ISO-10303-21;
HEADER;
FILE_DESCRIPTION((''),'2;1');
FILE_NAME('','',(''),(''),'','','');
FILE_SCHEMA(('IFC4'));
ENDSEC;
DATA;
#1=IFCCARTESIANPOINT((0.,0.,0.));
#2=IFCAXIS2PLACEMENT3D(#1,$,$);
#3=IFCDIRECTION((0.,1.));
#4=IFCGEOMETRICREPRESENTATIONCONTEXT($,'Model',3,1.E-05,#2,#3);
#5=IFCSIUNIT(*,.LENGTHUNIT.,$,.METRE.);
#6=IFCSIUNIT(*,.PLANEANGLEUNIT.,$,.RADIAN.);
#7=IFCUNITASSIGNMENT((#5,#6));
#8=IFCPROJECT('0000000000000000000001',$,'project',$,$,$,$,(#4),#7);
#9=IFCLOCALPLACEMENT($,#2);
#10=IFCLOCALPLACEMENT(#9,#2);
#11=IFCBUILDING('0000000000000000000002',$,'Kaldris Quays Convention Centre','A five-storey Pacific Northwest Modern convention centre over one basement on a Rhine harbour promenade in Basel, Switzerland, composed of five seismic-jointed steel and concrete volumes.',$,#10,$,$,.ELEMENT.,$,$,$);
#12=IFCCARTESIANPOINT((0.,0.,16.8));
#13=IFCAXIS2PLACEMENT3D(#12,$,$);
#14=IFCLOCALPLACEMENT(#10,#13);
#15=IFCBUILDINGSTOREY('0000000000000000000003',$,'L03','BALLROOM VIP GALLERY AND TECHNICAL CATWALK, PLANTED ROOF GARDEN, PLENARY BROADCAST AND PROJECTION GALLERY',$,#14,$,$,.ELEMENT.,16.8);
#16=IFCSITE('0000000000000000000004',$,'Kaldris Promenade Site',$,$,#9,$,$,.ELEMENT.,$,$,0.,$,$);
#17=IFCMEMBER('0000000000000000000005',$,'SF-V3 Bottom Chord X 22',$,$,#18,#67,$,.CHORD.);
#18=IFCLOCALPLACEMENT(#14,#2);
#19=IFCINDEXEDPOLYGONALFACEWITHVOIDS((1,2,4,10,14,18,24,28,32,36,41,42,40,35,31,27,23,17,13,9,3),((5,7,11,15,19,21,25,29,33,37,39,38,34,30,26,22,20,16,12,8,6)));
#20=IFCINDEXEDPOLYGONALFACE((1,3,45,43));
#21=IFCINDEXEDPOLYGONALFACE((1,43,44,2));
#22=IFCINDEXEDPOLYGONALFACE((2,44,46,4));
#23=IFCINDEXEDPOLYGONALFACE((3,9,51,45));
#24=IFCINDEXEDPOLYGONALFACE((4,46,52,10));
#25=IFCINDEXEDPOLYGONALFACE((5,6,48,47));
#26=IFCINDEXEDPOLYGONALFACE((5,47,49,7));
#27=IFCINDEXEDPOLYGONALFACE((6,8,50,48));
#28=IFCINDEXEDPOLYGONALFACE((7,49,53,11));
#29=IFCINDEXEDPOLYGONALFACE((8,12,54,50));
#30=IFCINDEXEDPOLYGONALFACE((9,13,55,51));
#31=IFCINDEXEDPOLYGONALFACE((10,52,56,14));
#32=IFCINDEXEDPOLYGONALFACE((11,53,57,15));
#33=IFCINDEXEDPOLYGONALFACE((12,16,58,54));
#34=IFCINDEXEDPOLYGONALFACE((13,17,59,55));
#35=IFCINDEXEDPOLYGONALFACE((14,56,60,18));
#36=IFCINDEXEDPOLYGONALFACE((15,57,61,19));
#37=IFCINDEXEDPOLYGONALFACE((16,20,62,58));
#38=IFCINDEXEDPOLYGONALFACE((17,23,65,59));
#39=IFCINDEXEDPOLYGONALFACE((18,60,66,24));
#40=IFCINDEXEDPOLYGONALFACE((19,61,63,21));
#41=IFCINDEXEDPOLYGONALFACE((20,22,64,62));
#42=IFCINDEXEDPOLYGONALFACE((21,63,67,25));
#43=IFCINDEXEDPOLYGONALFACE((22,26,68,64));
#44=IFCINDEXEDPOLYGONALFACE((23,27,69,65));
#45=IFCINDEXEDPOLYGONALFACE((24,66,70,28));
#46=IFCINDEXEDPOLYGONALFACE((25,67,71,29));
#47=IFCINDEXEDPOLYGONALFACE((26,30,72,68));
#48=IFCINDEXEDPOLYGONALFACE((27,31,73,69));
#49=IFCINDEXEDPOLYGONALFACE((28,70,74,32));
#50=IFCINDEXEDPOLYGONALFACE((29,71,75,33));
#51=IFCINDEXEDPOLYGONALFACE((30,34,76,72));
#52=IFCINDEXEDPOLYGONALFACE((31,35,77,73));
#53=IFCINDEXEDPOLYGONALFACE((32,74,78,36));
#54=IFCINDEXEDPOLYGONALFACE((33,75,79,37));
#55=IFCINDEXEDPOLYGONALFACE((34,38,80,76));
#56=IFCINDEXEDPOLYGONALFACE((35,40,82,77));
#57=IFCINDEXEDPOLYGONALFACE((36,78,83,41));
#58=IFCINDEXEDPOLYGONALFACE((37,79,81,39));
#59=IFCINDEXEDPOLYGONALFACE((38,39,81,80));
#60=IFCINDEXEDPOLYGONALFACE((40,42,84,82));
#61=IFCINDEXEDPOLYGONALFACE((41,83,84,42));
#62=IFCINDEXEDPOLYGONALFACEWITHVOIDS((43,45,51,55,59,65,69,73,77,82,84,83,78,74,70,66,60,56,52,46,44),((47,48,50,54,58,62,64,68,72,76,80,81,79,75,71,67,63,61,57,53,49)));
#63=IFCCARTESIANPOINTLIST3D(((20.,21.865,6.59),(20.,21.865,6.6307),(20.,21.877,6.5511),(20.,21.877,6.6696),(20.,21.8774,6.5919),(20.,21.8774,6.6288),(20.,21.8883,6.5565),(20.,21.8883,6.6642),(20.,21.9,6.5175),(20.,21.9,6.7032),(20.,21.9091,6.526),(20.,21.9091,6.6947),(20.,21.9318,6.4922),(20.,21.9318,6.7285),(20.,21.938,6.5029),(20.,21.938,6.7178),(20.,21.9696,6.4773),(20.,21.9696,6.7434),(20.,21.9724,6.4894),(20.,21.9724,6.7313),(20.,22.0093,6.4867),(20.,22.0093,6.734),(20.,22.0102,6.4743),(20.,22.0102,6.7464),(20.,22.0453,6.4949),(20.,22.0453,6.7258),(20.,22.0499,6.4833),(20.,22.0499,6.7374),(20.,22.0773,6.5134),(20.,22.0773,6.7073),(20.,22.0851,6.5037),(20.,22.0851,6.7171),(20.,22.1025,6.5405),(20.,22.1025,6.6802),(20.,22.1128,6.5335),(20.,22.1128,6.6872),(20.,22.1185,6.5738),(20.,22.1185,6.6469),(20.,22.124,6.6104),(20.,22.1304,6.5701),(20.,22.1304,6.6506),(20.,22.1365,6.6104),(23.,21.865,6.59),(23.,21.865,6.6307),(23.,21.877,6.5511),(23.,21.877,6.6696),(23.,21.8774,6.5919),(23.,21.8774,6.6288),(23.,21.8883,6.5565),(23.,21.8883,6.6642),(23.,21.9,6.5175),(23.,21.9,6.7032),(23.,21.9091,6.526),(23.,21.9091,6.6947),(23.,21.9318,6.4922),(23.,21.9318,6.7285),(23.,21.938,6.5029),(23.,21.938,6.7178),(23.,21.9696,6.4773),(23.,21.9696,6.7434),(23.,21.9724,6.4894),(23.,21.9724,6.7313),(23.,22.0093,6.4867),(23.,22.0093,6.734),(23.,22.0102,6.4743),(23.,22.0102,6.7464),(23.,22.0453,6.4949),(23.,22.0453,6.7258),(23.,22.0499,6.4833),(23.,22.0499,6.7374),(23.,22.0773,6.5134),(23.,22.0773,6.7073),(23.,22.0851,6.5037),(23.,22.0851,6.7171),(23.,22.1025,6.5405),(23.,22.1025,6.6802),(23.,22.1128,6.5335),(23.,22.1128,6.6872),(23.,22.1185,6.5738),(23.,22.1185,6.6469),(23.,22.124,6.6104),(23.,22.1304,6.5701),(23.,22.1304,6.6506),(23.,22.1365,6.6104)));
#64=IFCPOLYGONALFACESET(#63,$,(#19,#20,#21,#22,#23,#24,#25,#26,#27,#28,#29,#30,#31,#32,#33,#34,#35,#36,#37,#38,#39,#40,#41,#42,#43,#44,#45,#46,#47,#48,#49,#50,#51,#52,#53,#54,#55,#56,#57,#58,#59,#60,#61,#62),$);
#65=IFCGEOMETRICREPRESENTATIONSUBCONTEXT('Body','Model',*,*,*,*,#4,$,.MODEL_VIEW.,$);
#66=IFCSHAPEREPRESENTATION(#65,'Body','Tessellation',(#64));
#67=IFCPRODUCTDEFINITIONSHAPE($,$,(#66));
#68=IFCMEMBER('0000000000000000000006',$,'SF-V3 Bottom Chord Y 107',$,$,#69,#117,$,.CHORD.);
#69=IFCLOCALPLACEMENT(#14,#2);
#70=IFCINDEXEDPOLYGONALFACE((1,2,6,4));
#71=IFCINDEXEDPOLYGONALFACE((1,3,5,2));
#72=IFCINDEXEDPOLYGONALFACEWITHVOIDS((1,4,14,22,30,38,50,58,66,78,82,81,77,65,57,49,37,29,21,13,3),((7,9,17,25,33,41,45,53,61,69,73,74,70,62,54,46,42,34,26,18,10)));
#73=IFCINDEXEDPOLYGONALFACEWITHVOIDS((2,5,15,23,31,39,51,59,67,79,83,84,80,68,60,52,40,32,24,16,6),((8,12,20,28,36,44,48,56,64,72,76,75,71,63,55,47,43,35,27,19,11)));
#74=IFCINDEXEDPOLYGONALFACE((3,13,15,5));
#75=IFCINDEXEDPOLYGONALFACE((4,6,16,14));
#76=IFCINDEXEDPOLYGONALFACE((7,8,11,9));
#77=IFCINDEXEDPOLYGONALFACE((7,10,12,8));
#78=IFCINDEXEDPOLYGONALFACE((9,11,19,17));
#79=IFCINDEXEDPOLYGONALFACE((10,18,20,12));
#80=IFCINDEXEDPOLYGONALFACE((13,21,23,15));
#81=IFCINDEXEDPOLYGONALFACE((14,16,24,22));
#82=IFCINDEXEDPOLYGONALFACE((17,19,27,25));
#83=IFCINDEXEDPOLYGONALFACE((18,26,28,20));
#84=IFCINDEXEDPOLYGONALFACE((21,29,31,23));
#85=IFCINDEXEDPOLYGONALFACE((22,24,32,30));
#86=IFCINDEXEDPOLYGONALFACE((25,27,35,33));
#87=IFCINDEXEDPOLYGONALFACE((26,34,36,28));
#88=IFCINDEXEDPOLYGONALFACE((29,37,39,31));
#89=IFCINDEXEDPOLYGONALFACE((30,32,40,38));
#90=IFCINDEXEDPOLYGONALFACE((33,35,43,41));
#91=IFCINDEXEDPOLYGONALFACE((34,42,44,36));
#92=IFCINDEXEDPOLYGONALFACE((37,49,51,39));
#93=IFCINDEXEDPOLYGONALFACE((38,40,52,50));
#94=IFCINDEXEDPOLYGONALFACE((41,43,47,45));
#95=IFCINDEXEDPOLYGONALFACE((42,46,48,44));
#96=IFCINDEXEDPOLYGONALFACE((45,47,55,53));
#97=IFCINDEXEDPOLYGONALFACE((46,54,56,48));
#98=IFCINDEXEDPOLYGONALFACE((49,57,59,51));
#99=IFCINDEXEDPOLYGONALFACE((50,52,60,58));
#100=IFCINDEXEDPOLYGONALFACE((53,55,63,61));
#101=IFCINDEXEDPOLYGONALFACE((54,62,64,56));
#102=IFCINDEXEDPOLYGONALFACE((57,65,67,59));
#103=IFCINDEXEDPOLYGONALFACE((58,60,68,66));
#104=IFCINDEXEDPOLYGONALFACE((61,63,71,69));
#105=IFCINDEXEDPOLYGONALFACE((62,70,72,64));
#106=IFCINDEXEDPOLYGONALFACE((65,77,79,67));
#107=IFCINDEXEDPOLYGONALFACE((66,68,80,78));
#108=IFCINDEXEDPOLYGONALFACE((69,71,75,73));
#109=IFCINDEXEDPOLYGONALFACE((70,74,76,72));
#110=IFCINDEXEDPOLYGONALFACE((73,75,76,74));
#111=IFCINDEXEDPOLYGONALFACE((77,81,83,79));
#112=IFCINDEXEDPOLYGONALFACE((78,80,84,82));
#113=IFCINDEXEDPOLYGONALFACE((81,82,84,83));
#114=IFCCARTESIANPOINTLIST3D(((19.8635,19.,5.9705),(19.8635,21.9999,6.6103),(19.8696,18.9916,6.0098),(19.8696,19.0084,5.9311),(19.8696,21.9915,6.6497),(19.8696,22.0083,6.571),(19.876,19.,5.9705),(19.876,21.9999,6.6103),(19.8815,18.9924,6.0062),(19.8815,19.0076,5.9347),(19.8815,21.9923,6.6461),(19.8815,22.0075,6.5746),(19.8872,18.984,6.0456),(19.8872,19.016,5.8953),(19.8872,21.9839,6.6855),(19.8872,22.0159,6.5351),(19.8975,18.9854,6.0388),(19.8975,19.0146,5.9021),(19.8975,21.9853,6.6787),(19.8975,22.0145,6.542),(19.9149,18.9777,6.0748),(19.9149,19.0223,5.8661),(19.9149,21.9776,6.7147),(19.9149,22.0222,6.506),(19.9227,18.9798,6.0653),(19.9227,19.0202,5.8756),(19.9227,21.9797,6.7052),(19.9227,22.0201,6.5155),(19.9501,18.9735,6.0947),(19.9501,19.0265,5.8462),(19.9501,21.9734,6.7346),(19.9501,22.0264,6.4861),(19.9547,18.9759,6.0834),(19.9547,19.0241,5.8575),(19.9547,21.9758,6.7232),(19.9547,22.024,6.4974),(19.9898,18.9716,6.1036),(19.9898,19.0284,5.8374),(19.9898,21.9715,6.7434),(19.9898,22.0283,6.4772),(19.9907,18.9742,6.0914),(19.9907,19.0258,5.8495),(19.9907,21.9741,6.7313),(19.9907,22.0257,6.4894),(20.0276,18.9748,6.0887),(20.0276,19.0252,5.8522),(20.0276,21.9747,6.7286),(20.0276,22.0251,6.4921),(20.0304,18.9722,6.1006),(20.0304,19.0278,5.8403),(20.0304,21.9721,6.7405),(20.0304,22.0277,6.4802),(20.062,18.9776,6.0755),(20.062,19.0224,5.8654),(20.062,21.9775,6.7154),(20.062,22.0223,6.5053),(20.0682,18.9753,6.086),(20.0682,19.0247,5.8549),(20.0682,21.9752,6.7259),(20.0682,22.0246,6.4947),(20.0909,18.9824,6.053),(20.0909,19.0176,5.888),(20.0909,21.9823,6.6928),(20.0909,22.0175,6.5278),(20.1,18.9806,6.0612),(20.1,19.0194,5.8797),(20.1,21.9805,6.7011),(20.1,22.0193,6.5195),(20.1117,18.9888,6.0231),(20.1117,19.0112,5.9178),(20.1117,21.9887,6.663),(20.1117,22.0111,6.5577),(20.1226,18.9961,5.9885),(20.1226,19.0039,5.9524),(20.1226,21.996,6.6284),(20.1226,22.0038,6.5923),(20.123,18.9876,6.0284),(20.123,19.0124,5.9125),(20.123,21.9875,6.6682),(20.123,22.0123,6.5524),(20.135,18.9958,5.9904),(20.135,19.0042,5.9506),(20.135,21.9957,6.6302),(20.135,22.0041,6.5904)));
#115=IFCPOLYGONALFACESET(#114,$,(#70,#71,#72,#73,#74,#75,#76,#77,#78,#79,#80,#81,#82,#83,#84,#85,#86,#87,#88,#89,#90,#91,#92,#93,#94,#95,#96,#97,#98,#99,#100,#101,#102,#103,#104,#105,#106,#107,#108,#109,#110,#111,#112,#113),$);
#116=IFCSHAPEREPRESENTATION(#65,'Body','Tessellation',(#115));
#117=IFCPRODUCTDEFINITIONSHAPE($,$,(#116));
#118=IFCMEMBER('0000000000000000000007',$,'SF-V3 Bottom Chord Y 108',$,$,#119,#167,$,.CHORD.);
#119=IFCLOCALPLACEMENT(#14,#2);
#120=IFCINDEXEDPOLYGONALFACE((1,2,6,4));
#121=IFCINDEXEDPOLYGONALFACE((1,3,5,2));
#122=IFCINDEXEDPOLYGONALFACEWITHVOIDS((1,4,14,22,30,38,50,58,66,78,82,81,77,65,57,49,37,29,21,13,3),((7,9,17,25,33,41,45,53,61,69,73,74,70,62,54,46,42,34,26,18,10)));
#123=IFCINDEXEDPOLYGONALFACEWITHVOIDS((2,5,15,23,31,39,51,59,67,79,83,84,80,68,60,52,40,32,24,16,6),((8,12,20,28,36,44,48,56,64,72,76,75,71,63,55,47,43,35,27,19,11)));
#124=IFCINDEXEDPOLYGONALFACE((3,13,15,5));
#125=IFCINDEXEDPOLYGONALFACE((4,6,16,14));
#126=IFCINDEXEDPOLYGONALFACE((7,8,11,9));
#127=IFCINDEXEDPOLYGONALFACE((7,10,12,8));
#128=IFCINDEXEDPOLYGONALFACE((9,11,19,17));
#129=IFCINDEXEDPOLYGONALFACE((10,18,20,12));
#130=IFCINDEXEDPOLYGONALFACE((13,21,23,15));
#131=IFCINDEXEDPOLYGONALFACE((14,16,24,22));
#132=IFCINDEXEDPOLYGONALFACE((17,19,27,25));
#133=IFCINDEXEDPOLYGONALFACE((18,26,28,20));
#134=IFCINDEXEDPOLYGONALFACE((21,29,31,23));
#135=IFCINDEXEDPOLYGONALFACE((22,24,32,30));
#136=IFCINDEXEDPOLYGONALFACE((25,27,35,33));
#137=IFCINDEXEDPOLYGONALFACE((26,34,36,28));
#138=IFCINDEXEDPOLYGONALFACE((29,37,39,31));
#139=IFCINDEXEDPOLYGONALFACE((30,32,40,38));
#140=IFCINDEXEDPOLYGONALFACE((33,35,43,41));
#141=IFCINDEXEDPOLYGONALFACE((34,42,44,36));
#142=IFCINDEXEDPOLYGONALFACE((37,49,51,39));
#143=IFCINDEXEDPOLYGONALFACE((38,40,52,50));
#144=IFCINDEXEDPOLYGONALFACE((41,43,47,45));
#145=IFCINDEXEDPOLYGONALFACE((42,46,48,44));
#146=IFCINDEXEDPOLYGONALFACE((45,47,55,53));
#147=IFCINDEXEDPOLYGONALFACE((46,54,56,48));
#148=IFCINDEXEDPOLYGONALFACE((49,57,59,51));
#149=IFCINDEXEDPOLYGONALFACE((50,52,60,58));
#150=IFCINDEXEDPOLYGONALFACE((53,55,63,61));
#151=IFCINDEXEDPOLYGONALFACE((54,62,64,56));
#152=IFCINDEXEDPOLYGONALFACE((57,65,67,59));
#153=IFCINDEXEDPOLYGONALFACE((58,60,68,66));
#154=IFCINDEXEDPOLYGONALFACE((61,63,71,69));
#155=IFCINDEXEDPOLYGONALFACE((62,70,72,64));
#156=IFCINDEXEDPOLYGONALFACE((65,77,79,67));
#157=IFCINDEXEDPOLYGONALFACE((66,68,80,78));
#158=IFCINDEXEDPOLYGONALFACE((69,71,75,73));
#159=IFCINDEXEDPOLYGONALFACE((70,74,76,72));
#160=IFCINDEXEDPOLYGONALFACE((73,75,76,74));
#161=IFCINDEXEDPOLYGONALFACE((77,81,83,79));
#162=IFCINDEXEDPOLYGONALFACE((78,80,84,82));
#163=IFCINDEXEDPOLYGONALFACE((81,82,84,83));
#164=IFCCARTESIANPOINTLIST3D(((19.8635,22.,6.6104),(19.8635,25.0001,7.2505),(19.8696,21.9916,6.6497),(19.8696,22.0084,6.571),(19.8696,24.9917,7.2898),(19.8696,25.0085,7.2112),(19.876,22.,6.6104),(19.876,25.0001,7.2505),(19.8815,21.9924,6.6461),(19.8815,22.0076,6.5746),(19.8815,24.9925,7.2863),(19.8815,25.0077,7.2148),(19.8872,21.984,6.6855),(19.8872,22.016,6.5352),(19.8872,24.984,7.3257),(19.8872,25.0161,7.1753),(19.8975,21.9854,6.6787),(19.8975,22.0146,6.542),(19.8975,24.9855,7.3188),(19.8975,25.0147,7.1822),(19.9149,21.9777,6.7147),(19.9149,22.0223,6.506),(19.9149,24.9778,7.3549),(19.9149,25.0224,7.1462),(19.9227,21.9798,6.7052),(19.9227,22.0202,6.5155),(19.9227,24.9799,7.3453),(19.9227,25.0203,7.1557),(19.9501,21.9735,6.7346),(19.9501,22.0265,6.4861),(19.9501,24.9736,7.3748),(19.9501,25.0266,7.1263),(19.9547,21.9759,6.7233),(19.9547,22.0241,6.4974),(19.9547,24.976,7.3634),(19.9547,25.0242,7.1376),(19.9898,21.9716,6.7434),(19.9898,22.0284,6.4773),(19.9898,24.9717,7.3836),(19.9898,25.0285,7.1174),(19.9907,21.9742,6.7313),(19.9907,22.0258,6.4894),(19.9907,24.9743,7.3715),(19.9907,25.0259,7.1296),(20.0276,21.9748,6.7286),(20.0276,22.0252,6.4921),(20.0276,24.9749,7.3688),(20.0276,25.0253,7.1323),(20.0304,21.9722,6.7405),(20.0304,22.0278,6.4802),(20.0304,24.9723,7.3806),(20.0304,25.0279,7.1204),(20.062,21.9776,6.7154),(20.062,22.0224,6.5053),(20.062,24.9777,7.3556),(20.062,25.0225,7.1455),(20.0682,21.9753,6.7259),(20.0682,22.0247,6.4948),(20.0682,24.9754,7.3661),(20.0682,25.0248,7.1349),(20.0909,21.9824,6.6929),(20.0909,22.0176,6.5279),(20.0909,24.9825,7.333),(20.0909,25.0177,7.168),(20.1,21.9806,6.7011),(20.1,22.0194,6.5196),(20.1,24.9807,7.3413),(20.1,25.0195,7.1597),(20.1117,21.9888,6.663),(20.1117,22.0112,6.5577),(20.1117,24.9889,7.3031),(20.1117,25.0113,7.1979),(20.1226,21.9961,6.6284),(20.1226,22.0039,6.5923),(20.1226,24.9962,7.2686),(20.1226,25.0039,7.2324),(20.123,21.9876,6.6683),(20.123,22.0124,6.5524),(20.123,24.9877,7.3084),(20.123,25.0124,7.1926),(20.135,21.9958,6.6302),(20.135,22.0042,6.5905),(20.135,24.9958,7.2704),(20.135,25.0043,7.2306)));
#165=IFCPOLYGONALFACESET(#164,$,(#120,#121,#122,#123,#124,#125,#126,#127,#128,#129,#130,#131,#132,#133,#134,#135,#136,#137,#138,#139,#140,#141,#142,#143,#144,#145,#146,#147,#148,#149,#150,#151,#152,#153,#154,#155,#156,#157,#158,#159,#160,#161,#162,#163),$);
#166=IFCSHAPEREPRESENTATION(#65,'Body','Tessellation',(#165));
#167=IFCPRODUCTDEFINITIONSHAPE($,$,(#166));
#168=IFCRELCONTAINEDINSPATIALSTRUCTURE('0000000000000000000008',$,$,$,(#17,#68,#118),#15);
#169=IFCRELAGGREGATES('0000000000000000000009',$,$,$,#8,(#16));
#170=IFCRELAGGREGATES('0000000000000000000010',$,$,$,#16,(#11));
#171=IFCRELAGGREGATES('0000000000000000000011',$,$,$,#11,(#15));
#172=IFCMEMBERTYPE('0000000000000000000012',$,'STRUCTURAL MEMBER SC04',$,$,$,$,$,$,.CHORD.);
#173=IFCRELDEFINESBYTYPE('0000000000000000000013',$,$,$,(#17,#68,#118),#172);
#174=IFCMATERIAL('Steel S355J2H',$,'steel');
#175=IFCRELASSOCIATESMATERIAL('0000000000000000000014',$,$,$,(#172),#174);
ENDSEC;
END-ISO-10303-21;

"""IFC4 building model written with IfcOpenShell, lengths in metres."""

from ifc_helpers import new_model, si_unit, direction, frame, origin, origin_2d, place, context, subcontext, project, spatial, hollow_circle, extrude, material, material_profile, profile_set, type_object, element, save


model = new_model("IFC4")

# Units and contexts
model_context = context("Model", 3, precision=1e-05, world=origin(), true_north=direction((0.0, 1.0)))
body_context = subcontext(model_context, "Body", "Model", "MODEL_VIEW")
ifc_project = project(units=[si_unit("LENGTHUNIT", "METRE"), si_unit("PLANEANGLEUNIT", "RADIAN")], contexts=[model_context])

# Site, building, storey
site_placement = place(None, origin())
site = spatial("IfcSite", under=ifc_project, at=site_placement, Name="Kaldris Promenade Site", CompositionType="ELEMENT", RefElevation=0.0)
building_placement = place(site_placement, origin())
building = spatial("IfcBuilding", under=site, at=building_placement, Name="Kaldris Quays Convention Centre", Description="A five-storey Pacific Northwest Modern convention centre over one basement on a Rhine harbour promenade in Basel, Switzerland, composed of five seismic-jointed steel and concrete volumes.", CompositionType="ELEMENT")
storey_placement = place(building_placement, frame((0.0, 0.0, 16.8)))
storey = spatial("IfcBuildingStorey", under=building, at=storey_placement, Name="L03", Description="BALLROOM VIP GALLERY AND TECHNICAL CATWALK, PLANTED ROOF GARDEN, PLENARY BROADCAST AND PROJECTION GALLERY", CompositionType="ELEMENT", Elevation=16.8)

# Members
ifc_material_1 = material(Name="Steel S355J2H", Category="steel")
ifc_material_profile_1 = material_profile(ifc_material_1, hollow_circle(Radius=0.1365, WallThickness=0.0125, at=origin_2d()), Name="CHS 273x12.5")
ifc_profile_set_1 = profile_set([ifc_material_profile_1], Name="Steel S355J2H")
member_type_1 = type_object("IfcMemberType", Name="STRUCTURAL MEMBER SC04", PredefinedType="CHORD", material=ifc_profile_set_1)
member_1_placement = place(storey_placement, frame((20.0, 22.0, 6.6104), z_axis=(1.0, 0.0, 0.0), x_axis=(0.0, 1.0, 0.0)))
element("IfcMember", 1, at=member_1_placement, inside=storey, type_object=member_type_1, Name="SF-V3 Bottom Chord X 22", PredefinedType="CHORD", context=body_context, shape_type="SweptSolid", body=[
    extrude(hollow_circle(Radius=0.1365, WallThickness=0.0125, at=origin_2d()), origin(), (0.0, 0.0, 1.0), 3.0),
])
member_2_placement = place(storey_placement, frame((20.0, 19.0, 5.9705), z_axis=(0.0, 0.978, 0.208605), x_axis=(-1.0, 0.0, 0.0)))
element("IfcMember", 2, at=member_2_placement, inside=storey, type_object=member_type_1, Name="SF-V3 Bottom Chord Y 107", PredefinedType="CHORD", context=body_context, shape_type="SweptSolid", body=[
    extrude(hollow_circle(Radius=0.1365, WallThickness=0.0125, at=origin_2d()), origin(), (0.0, 0.0, 1.0), 3.0674),
])
member_3_placement = place(storey_placement, frame((20.0, 22.0, 6.6104), z_axis=(0.0, 0.977984, 0.208681), x_axis=(-1.0, 0.0, 0.0)))
element("IfcMember", 3, at=member_3_placement, inside=storey, type_object=member_type_1, Name="SF-V3 Bottom Chord Y 108", PredefinedType="CHORD", context=body_context, shape_type="SweptSolid", body=[
    extrude(hollow_circle(Radius=0.1365, WallThickness=0.0125, at=origin_2d()), origin(), (0.0, 0.0, 1.0), 3.0676),
])

save(model, "model.ifc")
